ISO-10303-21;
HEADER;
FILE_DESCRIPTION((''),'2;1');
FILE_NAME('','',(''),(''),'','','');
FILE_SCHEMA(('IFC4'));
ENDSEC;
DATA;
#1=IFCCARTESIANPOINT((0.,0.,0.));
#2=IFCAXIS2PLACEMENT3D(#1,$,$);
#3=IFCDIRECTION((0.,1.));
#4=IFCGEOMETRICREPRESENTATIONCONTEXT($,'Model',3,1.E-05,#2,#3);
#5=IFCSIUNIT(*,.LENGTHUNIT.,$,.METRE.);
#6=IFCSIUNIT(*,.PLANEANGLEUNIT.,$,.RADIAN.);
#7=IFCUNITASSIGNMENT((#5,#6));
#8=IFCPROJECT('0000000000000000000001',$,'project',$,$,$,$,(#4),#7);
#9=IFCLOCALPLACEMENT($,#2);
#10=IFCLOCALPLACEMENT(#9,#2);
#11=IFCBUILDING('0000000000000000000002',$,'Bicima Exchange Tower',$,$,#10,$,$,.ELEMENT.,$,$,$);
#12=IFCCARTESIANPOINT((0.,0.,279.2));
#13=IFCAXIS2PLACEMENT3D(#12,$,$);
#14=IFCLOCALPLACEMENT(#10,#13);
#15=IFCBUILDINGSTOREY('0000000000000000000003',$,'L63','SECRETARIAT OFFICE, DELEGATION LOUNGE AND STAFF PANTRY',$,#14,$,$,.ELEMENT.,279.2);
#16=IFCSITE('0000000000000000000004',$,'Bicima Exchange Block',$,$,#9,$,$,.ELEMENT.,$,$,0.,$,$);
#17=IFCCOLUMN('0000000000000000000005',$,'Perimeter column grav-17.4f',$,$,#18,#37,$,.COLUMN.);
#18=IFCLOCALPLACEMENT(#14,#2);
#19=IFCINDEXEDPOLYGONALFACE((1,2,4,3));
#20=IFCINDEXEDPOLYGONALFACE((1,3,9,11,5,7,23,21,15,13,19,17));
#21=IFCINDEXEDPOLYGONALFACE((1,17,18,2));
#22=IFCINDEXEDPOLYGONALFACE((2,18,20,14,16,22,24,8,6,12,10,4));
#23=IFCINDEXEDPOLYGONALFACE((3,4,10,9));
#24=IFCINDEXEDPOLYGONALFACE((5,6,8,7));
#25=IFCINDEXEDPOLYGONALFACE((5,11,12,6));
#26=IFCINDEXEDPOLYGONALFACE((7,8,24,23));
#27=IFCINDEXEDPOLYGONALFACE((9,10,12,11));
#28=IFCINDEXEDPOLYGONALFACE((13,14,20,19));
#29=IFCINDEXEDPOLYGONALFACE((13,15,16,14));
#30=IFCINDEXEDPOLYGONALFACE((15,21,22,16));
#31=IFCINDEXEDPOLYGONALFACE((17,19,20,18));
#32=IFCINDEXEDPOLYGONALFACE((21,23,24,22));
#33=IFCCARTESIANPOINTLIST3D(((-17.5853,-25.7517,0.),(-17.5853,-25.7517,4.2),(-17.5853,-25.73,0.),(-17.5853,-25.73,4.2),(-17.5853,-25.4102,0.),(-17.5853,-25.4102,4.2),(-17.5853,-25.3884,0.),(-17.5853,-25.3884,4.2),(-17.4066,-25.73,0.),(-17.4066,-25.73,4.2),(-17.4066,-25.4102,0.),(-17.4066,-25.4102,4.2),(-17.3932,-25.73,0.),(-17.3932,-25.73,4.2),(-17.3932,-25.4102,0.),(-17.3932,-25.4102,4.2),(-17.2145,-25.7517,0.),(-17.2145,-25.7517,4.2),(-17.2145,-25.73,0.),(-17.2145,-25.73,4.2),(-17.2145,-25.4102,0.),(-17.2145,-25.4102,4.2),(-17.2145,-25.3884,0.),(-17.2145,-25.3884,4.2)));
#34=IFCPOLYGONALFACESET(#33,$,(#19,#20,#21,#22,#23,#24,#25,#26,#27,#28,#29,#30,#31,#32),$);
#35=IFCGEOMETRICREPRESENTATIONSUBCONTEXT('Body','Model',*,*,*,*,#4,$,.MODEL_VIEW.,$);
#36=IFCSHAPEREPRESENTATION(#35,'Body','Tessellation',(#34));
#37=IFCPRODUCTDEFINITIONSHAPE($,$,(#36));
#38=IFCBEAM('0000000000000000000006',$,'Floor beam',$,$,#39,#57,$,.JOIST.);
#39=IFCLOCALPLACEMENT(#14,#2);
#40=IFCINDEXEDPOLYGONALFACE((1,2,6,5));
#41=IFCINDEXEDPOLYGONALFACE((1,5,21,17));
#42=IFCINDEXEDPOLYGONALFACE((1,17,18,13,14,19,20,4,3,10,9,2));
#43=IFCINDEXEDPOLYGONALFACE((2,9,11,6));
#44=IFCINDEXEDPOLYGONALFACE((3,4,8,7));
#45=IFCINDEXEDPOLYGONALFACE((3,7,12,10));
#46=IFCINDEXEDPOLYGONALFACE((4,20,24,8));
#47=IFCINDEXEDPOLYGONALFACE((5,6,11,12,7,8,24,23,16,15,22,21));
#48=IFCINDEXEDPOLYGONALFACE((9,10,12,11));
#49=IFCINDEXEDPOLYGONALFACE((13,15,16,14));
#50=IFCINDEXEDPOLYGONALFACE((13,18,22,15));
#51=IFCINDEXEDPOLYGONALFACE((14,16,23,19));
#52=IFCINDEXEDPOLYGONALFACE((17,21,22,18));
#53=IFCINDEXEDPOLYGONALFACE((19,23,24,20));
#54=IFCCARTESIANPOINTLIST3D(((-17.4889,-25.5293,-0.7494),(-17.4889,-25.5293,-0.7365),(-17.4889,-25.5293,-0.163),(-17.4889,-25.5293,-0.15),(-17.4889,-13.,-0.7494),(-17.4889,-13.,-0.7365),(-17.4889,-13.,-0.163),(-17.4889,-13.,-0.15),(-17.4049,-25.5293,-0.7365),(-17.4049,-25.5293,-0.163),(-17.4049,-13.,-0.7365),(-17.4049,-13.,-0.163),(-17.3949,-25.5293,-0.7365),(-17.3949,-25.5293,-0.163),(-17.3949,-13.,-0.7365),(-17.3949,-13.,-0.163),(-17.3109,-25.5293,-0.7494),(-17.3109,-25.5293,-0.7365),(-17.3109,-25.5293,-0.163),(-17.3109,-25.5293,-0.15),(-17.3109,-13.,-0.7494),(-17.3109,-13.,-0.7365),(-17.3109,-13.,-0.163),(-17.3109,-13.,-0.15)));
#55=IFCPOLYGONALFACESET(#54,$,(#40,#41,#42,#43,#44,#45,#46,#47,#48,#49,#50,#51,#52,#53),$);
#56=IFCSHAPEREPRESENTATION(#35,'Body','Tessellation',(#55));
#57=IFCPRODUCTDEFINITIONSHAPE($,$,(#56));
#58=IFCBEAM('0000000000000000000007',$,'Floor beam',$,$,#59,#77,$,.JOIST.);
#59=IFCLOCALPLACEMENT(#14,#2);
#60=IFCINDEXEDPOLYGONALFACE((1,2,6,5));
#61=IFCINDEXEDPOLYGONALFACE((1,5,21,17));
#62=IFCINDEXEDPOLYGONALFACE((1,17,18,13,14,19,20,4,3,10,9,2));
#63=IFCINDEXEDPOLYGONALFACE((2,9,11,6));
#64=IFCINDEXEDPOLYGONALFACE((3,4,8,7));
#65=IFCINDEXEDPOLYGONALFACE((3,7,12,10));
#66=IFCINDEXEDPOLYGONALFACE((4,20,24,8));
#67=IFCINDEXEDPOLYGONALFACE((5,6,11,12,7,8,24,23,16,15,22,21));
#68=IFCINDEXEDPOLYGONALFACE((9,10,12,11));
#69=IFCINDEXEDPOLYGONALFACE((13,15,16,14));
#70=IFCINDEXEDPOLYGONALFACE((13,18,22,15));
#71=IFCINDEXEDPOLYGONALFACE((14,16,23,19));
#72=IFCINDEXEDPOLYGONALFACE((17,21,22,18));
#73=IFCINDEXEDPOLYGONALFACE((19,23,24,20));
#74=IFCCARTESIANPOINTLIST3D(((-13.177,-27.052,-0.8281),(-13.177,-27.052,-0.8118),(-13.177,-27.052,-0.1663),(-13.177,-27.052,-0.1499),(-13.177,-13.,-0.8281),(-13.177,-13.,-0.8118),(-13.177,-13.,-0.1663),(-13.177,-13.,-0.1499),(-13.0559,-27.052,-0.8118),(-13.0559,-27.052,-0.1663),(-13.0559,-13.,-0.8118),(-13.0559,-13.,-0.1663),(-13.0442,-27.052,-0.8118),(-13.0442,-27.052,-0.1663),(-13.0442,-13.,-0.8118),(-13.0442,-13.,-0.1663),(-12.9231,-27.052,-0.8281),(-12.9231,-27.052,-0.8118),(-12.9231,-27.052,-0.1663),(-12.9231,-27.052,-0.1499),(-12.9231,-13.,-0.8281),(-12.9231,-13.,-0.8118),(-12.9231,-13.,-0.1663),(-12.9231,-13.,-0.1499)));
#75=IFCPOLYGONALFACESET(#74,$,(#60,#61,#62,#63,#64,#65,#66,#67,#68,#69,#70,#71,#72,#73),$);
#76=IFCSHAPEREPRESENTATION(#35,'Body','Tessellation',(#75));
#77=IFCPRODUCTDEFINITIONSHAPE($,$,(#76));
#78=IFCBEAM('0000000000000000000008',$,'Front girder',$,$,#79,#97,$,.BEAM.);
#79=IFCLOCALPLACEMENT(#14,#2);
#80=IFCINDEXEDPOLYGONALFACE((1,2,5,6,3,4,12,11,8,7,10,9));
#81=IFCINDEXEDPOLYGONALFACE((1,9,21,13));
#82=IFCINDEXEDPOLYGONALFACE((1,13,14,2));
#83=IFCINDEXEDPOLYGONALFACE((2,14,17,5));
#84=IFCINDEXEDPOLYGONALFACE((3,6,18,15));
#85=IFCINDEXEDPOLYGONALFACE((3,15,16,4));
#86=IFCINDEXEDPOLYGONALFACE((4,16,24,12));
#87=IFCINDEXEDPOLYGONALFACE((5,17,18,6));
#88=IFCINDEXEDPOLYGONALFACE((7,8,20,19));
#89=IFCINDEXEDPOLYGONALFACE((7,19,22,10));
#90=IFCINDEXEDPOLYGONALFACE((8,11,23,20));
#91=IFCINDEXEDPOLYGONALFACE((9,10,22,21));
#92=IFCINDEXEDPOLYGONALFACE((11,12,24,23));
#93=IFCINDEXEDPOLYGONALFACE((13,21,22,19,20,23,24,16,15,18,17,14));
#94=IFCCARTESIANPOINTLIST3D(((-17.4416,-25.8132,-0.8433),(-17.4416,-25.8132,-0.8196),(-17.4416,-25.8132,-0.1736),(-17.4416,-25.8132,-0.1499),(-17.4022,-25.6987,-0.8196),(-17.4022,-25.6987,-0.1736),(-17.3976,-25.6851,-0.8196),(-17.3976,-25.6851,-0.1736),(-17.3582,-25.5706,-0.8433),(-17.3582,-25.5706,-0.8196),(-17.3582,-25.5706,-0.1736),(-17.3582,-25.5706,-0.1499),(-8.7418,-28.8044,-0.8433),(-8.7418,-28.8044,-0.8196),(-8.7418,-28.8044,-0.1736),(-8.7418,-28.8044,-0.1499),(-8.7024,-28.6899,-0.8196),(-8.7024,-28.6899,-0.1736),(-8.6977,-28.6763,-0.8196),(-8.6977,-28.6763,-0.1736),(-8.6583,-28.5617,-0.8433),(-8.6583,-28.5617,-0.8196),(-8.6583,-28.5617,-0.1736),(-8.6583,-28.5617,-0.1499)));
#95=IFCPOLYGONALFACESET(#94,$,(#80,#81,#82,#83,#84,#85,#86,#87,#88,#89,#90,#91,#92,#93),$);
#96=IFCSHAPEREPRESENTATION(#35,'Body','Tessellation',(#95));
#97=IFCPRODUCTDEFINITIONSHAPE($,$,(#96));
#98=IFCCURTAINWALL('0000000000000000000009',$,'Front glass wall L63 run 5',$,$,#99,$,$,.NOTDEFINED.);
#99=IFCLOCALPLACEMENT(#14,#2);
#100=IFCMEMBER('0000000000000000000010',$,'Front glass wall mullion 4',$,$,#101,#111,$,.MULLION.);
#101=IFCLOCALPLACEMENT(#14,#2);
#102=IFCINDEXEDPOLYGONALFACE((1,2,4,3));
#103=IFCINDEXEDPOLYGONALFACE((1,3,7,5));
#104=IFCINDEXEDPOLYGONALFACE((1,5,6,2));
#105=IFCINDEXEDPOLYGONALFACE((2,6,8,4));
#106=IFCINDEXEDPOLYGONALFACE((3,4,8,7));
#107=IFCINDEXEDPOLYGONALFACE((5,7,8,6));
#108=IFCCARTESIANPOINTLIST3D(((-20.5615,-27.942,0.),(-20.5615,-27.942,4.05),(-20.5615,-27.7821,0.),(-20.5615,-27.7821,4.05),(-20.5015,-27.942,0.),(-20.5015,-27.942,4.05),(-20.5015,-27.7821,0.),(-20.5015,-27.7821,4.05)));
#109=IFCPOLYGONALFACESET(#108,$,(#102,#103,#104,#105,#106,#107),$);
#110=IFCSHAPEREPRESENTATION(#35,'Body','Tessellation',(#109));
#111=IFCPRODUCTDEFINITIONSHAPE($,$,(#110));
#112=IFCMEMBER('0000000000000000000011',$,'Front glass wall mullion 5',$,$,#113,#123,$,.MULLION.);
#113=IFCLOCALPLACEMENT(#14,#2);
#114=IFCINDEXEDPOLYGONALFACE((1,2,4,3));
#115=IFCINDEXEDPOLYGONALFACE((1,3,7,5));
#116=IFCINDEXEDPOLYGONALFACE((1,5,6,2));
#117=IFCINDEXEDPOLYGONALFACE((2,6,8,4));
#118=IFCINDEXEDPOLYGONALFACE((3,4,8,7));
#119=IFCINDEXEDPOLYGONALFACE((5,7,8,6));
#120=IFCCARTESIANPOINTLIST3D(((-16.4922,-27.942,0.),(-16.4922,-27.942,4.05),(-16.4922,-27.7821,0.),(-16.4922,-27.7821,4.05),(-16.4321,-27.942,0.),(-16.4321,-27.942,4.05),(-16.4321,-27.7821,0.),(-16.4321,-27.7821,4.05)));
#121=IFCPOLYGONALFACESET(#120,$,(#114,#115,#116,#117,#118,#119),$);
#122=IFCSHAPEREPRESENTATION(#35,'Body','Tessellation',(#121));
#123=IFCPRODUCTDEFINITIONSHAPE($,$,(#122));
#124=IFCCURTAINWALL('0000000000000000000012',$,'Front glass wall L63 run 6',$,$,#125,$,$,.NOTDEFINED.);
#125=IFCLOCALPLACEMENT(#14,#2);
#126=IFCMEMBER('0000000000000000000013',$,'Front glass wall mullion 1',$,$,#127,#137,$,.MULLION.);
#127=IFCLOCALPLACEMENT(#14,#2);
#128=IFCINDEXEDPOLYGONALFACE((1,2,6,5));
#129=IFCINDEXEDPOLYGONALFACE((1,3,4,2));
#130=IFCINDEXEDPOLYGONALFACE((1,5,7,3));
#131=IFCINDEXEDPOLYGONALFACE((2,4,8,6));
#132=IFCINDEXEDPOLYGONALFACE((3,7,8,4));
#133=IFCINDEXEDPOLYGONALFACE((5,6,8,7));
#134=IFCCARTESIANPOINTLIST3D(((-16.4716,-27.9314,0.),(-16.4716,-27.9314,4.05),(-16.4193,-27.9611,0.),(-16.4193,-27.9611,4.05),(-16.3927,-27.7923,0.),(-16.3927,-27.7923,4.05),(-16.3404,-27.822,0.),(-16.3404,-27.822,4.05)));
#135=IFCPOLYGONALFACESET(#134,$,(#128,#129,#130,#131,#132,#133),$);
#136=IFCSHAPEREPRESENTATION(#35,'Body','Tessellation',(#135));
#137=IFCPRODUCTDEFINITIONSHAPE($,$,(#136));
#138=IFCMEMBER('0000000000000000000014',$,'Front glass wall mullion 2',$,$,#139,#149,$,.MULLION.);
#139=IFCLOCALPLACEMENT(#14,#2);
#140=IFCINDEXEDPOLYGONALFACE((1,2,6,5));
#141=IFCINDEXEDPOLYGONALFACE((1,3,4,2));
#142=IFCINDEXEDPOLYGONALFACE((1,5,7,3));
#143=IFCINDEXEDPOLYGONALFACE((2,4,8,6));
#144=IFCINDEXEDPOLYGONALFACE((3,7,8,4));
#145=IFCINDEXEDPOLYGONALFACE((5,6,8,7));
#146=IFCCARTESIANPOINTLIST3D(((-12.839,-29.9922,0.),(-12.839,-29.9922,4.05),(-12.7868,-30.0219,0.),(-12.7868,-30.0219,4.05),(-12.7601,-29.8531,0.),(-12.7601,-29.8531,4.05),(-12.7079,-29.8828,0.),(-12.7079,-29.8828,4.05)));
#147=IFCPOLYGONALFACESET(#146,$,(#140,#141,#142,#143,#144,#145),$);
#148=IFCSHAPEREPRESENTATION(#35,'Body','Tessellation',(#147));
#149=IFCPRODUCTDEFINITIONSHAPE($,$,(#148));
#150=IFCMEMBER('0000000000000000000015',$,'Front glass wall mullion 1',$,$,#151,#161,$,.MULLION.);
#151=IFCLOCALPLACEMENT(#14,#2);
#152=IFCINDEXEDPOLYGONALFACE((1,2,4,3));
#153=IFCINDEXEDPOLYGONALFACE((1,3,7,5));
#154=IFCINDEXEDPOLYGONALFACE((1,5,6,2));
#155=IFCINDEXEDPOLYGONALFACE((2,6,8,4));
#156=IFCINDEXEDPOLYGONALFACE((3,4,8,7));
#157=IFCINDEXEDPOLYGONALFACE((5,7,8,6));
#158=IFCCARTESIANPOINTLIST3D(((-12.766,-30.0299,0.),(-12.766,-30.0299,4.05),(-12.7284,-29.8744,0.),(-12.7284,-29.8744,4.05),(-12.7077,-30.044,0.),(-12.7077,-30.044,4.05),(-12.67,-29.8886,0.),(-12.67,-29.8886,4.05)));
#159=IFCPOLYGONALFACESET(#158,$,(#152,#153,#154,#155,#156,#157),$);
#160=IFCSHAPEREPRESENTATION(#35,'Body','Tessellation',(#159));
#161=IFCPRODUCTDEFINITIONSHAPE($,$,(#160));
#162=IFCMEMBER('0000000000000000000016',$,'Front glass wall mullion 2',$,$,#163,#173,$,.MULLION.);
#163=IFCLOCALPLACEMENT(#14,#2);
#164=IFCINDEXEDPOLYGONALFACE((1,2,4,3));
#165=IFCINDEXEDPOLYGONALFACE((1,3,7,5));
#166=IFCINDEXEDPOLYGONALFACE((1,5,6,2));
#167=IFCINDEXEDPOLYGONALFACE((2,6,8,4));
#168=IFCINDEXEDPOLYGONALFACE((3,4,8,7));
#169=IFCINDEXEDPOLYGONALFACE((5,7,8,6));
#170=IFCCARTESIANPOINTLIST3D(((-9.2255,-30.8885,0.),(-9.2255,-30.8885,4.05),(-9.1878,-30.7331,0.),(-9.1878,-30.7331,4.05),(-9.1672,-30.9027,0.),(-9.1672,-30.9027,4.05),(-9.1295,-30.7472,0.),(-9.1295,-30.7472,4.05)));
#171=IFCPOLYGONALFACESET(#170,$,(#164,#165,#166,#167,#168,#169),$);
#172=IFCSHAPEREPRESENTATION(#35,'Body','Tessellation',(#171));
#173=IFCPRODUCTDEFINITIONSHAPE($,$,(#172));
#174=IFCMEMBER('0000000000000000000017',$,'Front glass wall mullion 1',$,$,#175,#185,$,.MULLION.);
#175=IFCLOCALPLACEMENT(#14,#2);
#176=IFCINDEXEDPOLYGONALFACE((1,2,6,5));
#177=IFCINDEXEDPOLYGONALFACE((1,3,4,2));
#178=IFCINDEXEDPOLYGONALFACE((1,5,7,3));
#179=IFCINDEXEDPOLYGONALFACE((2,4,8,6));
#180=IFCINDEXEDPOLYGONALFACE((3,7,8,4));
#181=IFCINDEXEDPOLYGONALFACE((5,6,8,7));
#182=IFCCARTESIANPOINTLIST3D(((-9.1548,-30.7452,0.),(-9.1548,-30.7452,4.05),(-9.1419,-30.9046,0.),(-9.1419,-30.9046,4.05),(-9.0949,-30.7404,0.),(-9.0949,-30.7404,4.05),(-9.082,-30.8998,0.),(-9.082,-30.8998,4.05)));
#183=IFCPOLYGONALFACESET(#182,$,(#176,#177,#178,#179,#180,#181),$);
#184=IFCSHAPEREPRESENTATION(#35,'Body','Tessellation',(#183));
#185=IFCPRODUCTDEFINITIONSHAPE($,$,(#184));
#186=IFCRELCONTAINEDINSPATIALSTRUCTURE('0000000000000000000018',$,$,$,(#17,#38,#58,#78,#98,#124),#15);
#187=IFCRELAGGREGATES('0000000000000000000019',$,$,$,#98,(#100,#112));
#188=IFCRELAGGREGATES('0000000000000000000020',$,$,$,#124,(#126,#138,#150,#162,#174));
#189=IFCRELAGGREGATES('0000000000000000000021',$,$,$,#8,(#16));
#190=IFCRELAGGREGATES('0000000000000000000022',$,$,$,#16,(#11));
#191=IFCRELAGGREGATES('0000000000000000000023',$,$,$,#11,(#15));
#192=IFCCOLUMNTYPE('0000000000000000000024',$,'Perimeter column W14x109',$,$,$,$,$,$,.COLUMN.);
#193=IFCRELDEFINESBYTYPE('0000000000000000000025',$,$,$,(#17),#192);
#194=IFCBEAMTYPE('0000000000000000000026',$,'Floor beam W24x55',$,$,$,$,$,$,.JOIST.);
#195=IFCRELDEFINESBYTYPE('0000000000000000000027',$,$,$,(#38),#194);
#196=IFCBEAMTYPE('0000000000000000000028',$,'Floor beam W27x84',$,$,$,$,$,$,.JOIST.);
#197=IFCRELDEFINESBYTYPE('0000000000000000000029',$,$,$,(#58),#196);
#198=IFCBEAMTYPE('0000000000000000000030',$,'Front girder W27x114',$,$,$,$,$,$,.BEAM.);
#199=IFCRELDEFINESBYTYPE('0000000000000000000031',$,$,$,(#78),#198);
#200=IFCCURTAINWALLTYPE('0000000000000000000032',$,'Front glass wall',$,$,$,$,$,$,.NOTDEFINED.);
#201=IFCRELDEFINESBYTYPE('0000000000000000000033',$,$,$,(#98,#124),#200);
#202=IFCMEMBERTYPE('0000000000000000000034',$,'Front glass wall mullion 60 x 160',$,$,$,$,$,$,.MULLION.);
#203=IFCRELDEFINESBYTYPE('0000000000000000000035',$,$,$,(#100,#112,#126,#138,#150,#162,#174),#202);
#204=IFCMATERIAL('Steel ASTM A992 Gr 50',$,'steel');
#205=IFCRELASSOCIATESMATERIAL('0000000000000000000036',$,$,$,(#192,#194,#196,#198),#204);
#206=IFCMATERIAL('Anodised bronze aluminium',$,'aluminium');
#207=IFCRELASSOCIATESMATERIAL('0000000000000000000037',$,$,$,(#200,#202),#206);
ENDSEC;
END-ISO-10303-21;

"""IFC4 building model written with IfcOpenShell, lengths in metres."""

from ifc_helpers import new_model, si_unit, direction, frame, origin, origin_2d, place, context, subcontext, project, spatial, rectangle, i_section, extrude, material, material_profile, profile_set, type_object, element, aggregate, save


model = new_model("IFC4")

# Units and contexts
model_context = context("Model", 3, precision=1e-05, world=origin(), true_north=direction((0.0, 1.0)))
body_context = subcontext(model_context, "Body", "Model", "MODEL_VIEW")
ifc_project = project(units=[si_unit("LENGTHUNIT", "METRE"), si_unit("PLANEANGLEUNIT", "RADIAN")], contexts=[model_context])

# Site, building, storey
site_placement = place(None, origin())
site = spatial("IfcSite", under=ifc_project, at=site_placement, Name="Bicima Exchange Block", CompositionType="ELEMENT", RefElevation=0.0)
building_placement = place(site_placement, origin())
building = spatial("IfcBuilding", under=site, at=building_placement, Name="Bicima Exchange Tower", CompositionType="ELEMENT")
storey_placement = place(building_placement, frame((0.0, 0.0, 279.2)))
storey = spatial("IfcBuildingStorey", under=building, at=storey_placement, Name="L63", Description="SECRETARIAT OFFICE, DELEGATION LOUNGE AND STAFF PANTRY", CompositionType="ELEMENT", Elevation=279.2)

# Column
ifc_material_1 = material(Name="Steel ASTM A992 Gr 50", Category="steel")
ifc_material_profile_1 = material_profile(ifc_material_1, i_section(OverallWidth=0.3708, OverallDepth=0.3633, WebThickness=0.0134, FlangeThickness=0.0217, at=origin_2d()))
ifc_profile_set_1 = profile_set([ifc_material_profile_1], Name="Steel ASTM A992 Gr 50")
column_type = type_object("IfcColumnType", Name="Perimeter column W14x109", PredefinedType="COLUMN", material=ifc_profile_set_1)
column_placement = place(storey_placement, frame((-17.3999, -25.5701, 0.0), z_axis=(0.0, 0.0, 1.0), x_axis=(1.0, 0.0, 0.0)))
element("IfcColumn", 1, at=column_placement, inside=storey, type_object=column_type, Name="Perimeter column grav-17.4f", PredefinedType="COLUMN", context=body_context, shape_type="SweptSolid", body=[
    extrude(i_section(OverallWidth=0.3708, OverallDepth=0.3633, WebThickness=0.0134, FlangeThickness=0.0217, at=origin_2d()), origin(), (0.0, 0.0, 1.0), 4.2),
])

# Beams
ifc_material_profile_2 = material_profile(ifc_material_1, i_section(OverallWidth=0.178, OverallDepth=0.5994, WebThickness=0.01, FlangeThickness=0.0129, at=origin_2d()))
ifc_profile_set_2 = profile_set([ifc_material_profile_2], Name="Steel ASTM A992 Gr 50")
beam_type_1 = type_object("IfcBeamType", Name="Floor beam W24x55", PredefinedType="JOIST", material=ifc_profile_set_2)
beam_1_placement = place(storey_placement, frame((-17.3999, -13.0, -0.4497), z_axis=(0.0, -1.0, 0.0), x_axis=(1.0, 0.0, 0.0)))
element("IfcBeam", 2, at=beam_1_placement, inside=storey, type_object=beam_type_1, Name="Floor beam", PredefinedType="JOIST", context=body_context, shape_type="SweptSolid", body=[
    extrude(i_section(OverallWidth=0.178, OverallDepth=0.5994, WebThickness=0.01, FlangeThickness=0.0129, at=origin_2d()), origin(), (0.0, 0.0, 1.0), 12.5293),
])
ifc_material_profile_3 = material_profile(ifc_material_1, i_section(OverallWidth=0.2539, OverallDepth=0.6782, WebThickness=0.0117, FlangeThickness=0.0164, at=origin_2d()))
ifc_profile_set_3 = profile_set([ifc_material_profile_3], Name="Steel ASTM A992 Gr 50")
beam_type_2 = type_object("IfcBeamType", Name="Floor beam W27x84", PredefinedType="JOIST", material=ifc_profile_set_3)
beam_2_placement = place(storey_placement, frame((-13.05, -13.0, -0.489), z_axis=(0.0, -1.0, 0.0), x_axis=(1.0, 0.0, 0.0)))
element("IfcBeam", 3, at=beam_2_placement, inside=storey, type_object=beam_type_2, Name="Floor beam", PredefinedType="JOIST", context=body_context, shape_type="SweptSolid", body=[
    extrude(i_section(OverallWidth=0.2539, OverallDepth=0.6782, WebThickness=0.0117, FlangeThickness=0.0164, at=origin_2d()), origin(), (0.0, 0.0, 1.0), 14.052),
])
ifc_material_profile_4 = material_profile(ifc_material_1, i_section(OverallWidth=0.2566, OverallDepth=0.6934, WebThickness=0.0144, FlangeThickness=0.0237, at=origin_2d()))
ifc_profile_set_4 = profile_set([ifc_material_profile_4], Name="Steel ASTM A992 Gr 50")
beam_type_3 = type_object("IfcBeamType", Name="Front girder W27x114", PredefinedType="BEAM", material=ifc_profile_set_4)
beam_3_placement = place(storey_placement, frame((-17.3999, -25.6919, -0.4966), z_axis=(0.945666, -0.325138, 0.0), x_axis=(0.325138, 0.945666, 0.0)))
element("IfcBeam", 4, at=beam_3_placement, inside=storey, type_object=beam_type_3, Name="Front girder", PredefinedType="BEAM", context=body_context, shape_type="SweptSolid", body=[
    extrude(i_section(OverallWidth=0.2566, OverallDepth=0.6934, WebThickness=0.0144, FlangeThickness=0.0237, at=origin_2d()), origin(), (0.0, 0.0, 1.0), 9.1997),
])

# Curtain walls, members
ifc_material_2 = material(Name="Anodised bronze aluminium", Category="aluminium")
curtain_wall_type = type_object("IfcCurtainWallType", Name="Front glass wall", PredefinedType="NOTDEFINED", material=ifc_material_2)
curtain_wall_1_placement = place(storey_placement, origin())
curtain_wall_1 = element("IfcCurtainWall", 5, at=curtain_wall_1_placement, inside=storey, type_object=curtain_wall_type, Name="Front glass wall L63 run 5", PredefinedType="NOTDEFINED")
ifc_material_profile_5 = material_profile(ifc_material_2, rectangle(XDim=0.1599, YDim=0.0601, at=origin_2d()))
ifc_profile_set_5 = profile_set([ifc_material_profile_5], Name="Anodised bronze aluminium")
member_type_1 = type_object("IfcMemberType", Name="Front glass wall mullion 60 x 160", PredefinedType="MULLION", material=ifc_profile_set_5)
member_1_placement = place(storey_placement, frame((-20.5315, -27.8621, 0.0), z_axis=(0.0, 0.0, 1.0), x_axis=(0.0, 1.0, 0.0)))
member_1 = element("IfcMember", 6, at=member_1_placement, type_object=member_type_1, Name="Front glass wall mullion 4", PredefinedType="MULLION", context=body_context, shape_type="SweptSolid", body=[
    extrude(rectangle(XDim=0.1599, YDim=0.0601, at=origin_2d()), origin(), (0.0, 0.0, 1.0), 4.05),
])
member_2_placement = place(storey_placement, frame((-16.4622, -27.8621, 0.0), z_axis=(0.0, 0.0, 1.0), x_axis=(0.0, 1.0, 0.0)))
member_2 = element("IfcMember", 7, at=member_2_placement, type_object=member_type_1, Name="Front glass wall mullion 5", PredefinedType="MULLION", context=body_context, shape_type="SweptSolid", body=[
    extrude(rectangle(XDim=0.1599, YDim=0.0601, at=origin_2d()), origin(), (0.0, 0.0, 1.0), 4.05),
])
curtain_wall_2_placement = place(storey_placement, origin())
curtain_wall_2 = element("IfcCurtainWall", 8, at=curtain_wall_2_placement, inside=storey, type_object=curtain_wall_type, Name="Front glass wall L63 run 6", PredefinedType="NOTDEFINED")
member_3_placement = place(storey_placement, frame((-16.406, -27.8767, 0.0), z_axis=(0.0, 0.0, 1.0), x_axis=(0.493395, 0.869805, 0.0)))
member_3 = element("IfcMember", 9, at=member_3_placement, type_object=member_type_1, Name="Front glass wall mullion 1", PredefinedType="MULLION", context=body_context, shape_type="SweptSolid", body=[
    extrude(rectangle(XDim=0.1599, YDim=0.0601, at=origin_2d()), origin(), (0.0, 0.0, 1.0), 4.05),
])
member_4_placement = place(storey_placement, frame((-12.7734, -29.9375, 0.0), z_axis=(0.0, 0.0, 1.0), x_axis=(0.493395, 0.869805, 0.0)))
member_4 = element("IfcMember", 10, at=member_4_placement, type_object=member_type_1, Name="Front glass wall mullion 2", PredefinedType="MULLION", context=body_context, shape_type="SweptSolid", body=[
    extrude(rectangle(XDim=0.1599, YDim=0.0601, at=origin_2d()), origin(), (0.0, 0.0, 1.0), 4.05),
])
member_5_placement = place(storey_placement, frame((-12.718, -29.9592, 0.0), z_axis=(0.0, 0.0, 1.0), x_axis=(0.235682, 0.97183, 0.0)))
member_5 = element("IfcMember", 11, at=member_5_placement, type_object=member_type_1, Name="Front glass wall mullion 1", PredefinedType="MULLION", context=body_context, shape_type="SweptSolid", body=[
    extrude(rectangle(XDim=0.1599, YDim=0.0601, at=origin_2d()), origin(), (0.0, 0.0, 1.0), 4.05),
])
member_6_placement = place(storey_placement, frame((-9.1775, -30.8179, 0.0), z_axis=(0.0, 0.0, 1.0), x_axis=(0.235682, 0.97183, 0.0)))
member_6 = element("IfcMember", 12, at=member_6_placement, type_object=member_type_1, Name="Front glass wall mullion 2", PredefinedType="MULLION", context=body_context, shape_type="SweptSolid", body=[
    extrude(rectangle(XDim=0.1599, YDim=0.0601, at=origin_2d()), origin(), (0.0, 0.0, 1.0), 4.05),
])
member_7_placement = place(storey_placement, frame((-9.1184, -30.8225, 0.0), z_axis=(0.0, 0.0, 1.0), x_axis=(-0.080589, 0.996747, 0.0)))
member_7 = element("IfcMember", 13, at=member_7_placement, type_object=member_type_1, Name="Front glass wall mullion 1", PredefinedType="MULLION", context=body_context, shape_type="SweptSolid", body=[
    extrude(rectangle(XDim=0.1599, YDim=0.0601, at=origin_2d()), origin(), (0.0, 0.0, 1.0), 4.05),
])

aggregate(curtain_wall_1, [member_1, member_2])
aggregate(curtain_wall_2, [member_3, member_4, member_5, member_6, member_7])

save(model, "model.ifc")
